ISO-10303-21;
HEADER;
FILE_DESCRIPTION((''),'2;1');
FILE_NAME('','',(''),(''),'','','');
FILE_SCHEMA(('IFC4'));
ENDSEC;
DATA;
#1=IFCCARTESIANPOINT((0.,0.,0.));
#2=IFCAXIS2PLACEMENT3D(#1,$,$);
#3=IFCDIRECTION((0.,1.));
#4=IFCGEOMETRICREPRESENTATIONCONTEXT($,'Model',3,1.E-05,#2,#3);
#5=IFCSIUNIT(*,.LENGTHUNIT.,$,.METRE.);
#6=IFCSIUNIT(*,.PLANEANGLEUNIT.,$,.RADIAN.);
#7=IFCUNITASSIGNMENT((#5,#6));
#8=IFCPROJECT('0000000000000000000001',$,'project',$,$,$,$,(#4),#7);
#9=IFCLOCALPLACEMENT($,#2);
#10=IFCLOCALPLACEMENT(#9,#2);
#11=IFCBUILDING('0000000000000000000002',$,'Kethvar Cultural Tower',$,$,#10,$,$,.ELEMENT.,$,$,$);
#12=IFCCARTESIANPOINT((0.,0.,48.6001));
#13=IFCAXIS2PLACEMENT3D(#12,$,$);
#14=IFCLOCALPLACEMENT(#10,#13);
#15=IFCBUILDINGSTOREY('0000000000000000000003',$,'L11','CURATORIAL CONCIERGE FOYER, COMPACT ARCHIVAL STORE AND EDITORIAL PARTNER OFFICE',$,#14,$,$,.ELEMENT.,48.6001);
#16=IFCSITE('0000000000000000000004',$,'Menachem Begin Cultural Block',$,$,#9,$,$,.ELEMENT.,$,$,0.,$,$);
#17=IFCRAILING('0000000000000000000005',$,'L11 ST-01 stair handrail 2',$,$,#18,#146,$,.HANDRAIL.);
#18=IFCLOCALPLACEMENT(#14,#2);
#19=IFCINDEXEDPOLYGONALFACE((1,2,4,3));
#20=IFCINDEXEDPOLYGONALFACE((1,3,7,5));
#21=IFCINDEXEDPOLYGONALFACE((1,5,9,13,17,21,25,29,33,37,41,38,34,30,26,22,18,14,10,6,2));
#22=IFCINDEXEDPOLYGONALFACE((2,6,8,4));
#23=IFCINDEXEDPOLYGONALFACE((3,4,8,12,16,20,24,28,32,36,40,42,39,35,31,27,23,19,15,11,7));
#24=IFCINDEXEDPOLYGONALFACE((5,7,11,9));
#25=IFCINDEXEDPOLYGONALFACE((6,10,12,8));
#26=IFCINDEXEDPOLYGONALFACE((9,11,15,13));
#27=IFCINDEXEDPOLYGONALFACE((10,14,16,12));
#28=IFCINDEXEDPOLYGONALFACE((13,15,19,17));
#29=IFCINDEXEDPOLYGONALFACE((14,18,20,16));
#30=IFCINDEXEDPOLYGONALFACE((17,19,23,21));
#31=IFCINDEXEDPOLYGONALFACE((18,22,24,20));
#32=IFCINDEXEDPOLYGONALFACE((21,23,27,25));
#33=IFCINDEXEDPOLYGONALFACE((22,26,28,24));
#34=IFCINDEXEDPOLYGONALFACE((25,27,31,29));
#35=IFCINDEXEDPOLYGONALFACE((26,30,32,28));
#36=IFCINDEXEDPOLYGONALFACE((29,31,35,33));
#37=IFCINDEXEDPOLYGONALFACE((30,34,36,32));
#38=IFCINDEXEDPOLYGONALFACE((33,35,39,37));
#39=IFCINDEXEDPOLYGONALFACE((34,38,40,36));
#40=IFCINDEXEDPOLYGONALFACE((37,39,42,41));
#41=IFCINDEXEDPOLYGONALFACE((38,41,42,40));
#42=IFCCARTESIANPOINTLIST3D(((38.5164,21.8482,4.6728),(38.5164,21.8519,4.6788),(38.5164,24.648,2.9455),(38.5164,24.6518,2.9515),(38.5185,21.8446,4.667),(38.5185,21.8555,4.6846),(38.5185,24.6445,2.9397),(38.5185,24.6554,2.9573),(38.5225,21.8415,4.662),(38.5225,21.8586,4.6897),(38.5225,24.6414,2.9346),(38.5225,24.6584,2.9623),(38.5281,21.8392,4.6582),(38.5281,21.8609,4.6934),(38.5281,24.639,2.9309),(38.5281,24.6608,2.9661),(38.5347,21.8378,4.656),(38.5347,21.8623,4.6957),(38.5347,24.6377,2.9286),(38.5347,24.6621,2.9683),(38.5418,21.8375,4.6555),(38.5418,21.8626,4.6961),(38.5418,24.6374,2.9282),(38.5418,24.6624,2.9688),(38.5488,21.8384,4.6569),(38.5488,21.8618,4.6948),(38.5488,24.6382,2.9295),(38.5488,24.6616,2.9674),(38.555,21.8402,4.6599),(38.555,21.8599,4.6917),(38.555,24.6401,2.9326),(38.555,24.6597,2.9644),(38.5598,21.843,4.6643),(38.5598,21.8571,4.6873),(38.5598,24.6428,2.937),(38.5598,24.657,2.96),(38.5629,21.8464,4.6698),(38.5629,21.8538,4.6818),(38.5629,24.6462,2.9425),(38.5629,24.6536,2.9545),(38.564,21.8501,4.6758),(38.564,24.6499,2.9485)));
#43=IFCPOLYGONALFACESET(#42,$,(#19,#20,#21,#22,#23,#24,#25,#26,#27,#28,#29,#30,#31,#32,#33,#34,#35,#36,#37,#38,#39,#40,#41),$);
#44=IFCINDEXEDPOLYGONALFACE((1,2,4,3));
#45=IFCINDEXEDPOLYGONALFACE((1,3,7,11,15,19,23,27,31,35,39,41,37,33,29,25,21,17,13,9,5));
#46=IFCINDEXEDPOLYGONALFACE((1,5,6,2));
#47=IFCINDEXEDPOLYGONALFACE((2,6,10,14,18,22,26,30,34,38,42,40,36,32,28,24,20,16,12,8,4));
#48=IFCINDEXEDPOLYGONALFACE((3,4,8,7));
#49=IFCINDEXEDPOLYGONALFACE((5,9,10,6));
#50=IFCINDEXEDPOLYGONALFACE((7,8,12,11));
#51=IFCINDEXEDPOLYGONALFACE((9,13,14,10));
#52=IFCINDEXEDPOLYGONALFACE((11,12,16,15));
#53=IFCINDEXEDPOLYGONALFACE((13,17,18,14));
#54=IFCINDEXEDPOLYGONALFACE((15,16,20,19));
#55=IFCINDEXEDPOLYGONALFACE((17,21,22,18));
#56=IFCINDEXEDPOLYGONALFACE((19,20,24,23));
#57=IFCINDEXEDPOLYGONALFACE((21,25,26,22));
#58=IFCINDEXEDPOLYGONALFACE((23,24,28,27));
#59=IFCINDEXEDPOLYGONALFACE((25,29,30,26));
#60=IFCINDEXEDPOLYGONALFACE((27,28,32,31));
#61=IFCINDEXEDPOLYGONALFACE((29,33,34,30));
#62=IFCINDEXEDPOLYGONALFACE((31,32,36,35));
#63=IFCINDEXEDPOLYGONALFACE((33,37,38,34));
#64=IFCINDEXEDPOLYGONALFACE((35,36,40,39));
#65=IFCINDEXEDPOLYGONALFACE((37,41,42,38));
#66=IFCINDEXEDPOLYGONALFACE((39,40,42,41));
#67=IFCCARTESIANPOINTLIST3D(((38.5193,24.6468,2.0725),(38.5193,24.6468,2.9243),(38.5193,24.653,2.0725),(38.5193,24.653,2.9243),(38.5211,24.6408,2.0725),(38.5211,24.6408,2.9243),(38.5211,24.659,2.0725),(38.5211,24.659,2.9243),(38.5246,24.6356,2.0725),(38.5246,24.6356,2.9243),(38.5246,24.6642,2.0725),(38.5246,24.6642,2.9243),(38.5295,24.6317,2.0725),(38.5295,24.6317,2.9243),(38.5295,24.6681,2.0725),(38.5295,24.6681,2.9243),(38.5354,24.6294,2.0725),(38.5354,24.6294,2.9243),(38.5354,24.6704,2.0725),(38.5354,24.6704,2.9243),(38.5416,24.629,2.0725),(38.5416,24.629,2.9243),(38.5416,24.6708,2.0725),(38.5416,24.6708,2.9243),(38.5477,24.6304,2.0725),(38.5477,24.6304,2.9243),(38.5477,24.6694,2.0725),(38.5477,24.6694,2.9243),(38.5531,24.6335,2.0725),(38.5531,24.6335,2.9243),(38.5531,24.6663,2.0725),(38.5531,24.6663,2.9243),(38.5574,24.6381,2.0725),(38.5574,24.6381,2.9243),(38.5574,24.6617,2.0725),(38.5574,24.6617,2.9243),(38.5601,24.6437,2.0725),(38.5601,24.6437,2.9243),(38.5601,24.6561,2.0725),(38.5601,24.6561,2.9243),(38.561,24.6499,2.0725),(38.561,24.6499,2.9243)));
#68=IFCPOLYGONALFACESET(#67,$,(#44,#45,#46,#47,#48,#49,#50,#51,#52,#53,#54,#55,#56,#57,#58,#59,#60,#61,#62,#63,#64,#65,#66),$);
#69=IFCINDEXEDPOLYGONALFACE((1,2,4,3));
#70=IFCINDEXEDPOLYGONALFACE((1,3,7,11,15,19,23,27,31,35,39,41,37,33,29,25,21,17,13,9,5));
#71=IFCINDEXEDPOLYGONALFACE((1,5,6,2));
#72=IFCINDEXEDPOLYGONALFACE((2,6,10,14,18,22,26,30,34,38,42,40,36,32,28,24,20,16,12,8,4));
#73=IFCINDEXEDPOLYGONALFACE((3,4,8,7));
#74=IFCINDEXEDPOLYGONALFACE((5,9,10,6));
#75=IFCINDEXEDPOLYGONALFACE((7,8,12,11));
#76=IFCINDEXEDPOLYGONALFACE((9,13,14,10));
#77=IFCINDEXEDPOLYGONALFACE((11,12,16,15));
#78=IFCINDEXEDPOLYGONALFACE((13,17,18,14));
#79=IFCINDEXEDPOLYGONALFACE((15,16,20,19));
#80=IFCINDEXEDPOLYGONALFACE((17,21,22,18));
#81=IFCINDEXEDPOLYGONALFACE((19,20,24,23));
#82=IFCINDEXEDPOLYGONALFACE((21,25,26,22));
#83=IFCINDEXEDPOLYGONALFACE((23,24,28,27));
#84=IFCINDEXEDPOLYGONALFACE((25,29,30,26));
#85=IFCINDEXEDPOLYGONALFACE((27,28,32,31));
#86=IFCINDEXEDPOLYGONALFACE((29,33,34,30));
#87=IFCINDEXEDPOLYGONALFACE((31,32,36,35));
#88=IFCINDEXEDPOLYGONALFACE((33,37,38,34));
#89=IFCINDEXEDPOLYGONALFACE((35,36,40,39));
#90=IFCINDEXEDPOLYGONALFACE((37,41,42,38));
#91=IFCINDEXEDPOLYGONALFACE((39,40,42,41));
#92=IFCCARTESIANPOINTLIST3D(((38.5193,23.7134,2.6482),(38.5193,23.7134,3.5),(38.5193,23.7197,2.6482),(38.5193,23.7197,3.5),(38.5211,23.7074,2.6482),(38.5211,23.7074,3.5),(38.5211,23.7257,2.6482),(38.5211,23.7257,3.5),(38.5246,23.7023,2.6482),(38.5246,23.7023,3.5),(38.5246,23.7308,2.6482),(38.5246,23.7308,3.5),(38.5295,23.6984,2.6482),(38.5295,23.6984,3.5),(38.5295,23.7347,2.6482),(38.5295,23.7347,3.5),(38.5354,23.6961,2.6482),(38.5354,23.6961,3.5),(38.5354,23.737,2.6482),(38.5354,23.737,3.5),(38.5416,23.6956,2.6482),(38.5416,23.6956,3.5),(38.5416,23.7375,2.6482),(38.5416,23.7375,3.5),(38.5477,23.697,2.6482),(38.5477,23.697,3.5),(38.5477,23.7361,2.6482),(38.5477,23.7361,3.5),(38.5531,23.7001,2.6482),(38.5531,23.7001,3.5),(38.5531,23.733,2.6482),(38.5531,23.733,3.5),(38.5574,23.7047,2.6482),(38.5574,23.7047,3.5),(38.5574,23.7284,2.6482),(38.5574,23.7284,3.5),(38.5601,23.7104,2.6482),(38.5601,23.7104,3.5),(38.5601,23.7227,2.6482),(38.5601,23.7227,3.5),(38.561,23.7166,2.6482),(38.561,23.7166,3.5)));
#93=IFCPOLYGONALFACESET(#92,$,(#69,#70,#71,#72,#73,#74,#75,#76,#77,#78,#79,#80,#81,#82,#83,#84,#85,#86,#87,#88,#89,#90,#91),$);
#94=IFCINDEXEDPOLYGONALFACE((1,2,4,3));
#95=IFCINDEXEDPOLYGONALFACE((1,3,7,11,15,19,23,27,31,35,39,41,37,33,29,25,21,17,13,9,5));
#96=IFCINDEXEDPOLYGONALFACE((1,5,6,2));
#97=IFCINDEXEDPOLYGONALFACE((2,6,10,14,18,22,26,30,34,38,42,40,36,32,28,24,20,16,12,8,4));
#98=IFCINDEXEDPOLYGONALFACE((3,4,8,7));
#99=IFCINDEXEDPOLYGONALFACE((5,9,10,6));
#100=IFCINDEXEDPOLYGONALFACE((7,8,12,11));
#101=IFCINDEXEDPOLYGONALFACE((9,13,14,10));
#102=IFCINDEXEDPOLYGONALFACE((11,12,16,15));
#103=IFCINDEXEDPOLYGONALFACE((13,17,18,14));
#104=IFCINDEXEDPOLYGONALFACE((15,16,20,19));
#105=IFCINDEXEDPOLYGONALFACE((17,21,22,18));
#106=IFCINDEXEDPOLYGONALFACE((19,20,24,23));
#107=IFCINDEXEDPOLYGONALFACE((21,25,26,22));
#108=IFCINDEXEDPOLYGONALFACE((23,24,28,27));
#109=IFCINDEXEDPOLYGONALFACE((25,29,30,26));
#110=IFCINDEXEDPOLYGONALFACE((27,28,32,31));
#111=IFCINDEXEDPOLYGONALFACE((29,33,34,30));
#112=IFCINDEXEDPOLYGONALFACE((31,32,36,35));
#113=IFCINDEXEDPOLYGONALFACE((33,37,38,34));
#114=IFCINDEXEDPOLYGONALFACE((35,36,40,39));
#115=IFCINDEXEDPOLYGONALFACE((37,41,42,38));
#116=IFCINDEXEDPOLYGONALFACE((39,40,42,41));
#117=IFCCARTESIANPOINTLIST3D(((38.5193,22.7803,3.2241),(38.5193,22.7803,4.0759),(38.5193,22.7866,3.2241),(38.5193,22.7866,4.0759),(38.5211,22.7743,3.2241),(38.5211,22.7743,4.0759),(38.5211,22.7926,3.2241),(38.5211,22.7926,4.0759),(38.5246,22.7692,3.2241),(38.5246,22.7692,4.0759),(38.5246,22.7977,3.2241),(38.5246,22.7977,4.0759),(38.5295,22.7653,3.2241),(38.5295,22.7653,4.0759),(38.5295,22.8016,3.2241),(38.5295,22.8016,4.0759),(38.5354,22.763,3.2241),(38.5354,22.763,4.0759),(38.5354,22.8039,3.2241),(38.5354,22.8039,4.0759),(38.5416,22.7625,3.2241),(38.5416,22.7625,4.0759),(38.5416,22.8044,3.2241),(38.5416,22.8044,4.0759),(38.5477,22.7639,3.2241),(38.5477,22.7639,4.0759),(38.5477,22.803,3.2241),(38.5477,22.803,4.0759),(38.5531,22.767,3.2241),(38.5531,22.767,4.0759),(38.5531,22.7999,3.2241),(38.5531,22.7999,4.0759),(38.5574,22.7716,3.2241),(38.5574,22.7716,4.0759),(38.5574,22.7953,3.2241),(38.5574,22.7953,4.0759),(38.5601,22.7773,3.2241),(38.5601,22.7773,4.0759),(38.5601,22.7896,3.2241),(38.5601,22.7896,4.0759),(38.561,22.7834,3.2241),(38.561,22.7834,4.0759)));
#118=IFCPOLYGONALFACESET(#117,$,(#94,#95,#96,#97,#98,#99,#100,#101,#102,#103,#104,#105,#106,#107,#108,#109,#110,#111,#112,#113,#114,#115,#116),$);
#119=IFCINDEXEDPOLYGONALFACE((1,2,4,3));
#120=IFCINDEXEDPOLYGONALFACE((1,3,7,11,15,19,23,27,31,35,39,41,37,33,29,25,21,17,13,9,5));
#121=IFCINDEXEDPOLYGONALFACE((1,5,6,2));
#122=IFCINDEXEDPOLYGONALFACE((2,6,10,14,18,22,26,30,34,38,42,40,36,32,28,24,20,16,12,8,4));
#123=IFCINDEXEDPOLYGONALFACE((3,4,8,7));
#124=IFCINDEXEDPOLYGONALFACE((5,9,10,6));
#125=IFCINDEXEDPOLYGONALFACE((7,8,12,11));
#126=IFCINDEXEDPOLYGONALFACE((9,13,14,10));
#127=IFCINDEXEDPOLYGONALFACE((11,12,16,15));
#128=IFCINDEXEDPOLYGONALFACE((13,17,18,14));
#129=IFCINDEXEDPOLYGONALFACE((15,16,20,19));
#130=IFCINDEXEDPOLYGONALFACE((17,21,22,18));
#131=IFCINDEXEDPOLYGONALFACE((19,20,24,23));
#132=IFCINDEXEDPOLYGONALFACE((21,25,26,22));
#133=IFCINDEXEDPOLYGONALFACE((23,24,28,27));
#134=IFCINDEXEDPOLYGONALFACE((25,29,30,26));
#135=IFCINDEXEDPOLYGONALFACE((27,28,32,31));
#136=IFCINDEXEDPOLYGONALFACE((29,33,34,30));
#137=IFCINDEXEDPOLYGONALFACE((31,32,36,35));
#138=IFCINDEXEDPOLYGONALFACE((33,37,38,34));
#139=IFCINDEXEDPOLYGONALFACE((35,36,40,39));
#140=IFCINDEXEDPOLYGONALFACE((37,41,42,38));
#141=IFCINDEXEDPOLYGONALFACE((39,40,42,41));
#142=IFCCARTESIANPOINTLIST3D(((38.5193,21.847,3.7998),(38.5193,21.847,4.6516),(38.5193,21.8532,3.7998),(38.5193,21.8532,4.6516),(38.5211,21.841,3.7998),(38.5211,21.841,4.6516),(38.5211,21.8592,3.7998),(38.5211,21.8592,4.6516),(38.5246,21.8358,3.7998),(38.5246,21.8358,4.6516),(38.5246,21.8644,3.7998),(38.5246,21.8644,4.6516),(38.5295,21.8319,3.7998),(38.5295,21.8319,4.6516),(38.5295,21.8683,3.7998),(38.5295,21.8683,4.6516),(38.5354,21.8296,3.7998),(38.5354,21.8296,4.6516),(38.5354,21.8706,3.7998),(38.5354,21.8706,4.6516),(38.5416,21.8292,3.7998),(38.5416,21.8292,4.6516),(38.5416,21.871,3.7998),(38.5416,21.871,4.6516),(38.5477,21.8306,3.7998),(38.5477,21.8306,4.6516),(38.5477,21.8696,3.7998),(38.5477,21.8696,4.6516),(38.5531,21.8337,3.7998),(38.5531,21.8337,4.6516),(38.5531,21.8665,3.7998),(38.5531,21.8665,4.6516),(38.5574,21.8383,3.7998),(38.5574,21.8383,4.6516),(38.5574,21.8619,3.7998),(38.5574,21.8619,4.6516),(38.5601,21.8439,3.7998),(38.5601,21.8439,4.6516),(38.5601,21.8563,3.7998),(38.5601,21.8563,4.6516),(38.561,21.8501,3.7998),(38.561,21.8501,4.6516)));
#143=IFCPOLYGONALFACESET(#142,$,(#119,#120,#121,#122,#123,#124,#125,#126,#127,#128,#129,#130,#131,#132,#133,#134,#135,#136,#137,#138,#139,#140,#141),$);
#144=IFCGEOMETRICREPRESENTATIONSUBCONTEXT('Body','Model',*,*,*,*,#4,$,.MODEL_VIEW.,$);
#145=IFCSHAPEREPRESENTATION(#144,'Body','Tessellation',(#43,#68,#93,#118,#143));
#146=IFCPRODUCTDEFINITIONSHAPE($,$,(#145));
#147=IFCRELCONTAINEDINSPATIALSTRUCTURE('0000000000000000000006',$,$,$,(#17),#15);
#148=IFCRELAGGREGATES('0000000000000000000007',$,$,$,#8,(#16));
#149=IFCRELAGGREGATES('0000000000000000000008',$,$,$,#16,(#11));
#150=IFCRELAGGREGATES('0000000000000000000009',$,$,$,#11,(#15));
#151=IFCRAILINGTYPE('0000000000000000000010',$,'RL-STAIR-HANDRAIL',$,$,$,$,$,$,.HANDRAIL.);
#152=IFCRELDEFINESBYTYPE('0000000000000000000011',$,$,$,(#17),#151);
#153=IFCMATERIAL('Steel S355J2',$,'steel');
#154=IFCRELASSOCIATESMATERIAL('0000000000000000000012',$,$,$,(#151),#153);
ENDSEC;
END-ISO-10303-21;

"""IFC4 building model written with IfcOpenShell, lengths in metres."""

from ifc_helpers import new_model, si_unit, direction, frame, origin, origin_2d, place, context, subcontext, project, spatial, circle, extrude, material, type_object, element, save


model = new_model("IFC4")

# Units and contexts
model_context = context("Model", 3, precision=1e-05, world=origin(), true_north=direction((0.0, 1.0)))
body_context = subcontext(model_context, "Body", "Model", "MODEL_VIEW")
ifc_project = project(units=[si_unit("LENGTHUNIT", "METRE"), si_unit("PLANEANGLEUNIT", "RADIAN")], contexts=[model_context])

# Site, building, storey
site_placement = place(None, origin())
site = spatial("IfcSite", under=ifc_project, at=site_placement, Name="Menachem Begin Cultural Block", CompositionType="ELEMENT", RefElevation=0.0)
building_placement = place(site_placement, origin())
building = spatial("IfcBuilding", under=site, at=building_placement, Name="Kethvar Cultural Tower", CompositionType="ELEMENT")
storey_placement = place(building_placement, frame((0.0, 0.0, 48.6001)))
storey = spatial("IfcBuildingStorey", under=building, at=storey_placement, Name="L11", Description="CURATORIAL CONCIERGE FOYER, COMPACT ARCHIVAL STORE AND EDITORIAL PARTNER OFFICE", CompositionType="ELEMENT", Elevation=48.6001)

# Shared definitions
ifc_material_1 = material(Name="Steel S355J2", Category="steel")

# Railing
railing_type_1 = type_object("IfcRailingType", Name="RL-STAIR-HANDRAIL", PredefinedType="HANDRAIL", material=ifc_material_1)
railing_1_placement = place(storey_placement, frame((38.54, 24.6499, 2.0725)))
element("IfcRailing", 1, at=railing_1_placement, inside=storey, type_object=railing_type_1, Name="L11 ST-01 stair handrail 2", PredefinedType="HANDRAIL", context=body_context, shape_type="SweptSolid", body=[
    extrude(circle(Radius=0.0239, at=origin_2d()), frame((0.0, 0.0, 0.876), z_axis=(0.0, -0.851069, 0.525054), x_axis=(1.0, 0.0, 0.0)), (0.0, 0.0, 1.0), 3.2898),
    extrude(circle(Radius=0.021, at=origin_2d()), origin(), (0.0, 0.0, 1.0), 0.8518),
    extrude(circle(Radius=0.021, at=origin_2d()), frame((0.0, -0.9333, 0.5757)), (0.0, 0.0, 1.0), 0.8518),
    extrude(circle(Radius=0.021, at=origin_2d()), frame((0.0, -1.8665, 1.1516)), (0.0, 0.0, 1.0), 0.8518),
    extrude(circle(Radius=0.021, at=origin_2d()), frame((0.0, -2.7998, 1.7273)), (0.0, 0.0, 1.0), 0.8518),
])

save(model, "model.ifc")
